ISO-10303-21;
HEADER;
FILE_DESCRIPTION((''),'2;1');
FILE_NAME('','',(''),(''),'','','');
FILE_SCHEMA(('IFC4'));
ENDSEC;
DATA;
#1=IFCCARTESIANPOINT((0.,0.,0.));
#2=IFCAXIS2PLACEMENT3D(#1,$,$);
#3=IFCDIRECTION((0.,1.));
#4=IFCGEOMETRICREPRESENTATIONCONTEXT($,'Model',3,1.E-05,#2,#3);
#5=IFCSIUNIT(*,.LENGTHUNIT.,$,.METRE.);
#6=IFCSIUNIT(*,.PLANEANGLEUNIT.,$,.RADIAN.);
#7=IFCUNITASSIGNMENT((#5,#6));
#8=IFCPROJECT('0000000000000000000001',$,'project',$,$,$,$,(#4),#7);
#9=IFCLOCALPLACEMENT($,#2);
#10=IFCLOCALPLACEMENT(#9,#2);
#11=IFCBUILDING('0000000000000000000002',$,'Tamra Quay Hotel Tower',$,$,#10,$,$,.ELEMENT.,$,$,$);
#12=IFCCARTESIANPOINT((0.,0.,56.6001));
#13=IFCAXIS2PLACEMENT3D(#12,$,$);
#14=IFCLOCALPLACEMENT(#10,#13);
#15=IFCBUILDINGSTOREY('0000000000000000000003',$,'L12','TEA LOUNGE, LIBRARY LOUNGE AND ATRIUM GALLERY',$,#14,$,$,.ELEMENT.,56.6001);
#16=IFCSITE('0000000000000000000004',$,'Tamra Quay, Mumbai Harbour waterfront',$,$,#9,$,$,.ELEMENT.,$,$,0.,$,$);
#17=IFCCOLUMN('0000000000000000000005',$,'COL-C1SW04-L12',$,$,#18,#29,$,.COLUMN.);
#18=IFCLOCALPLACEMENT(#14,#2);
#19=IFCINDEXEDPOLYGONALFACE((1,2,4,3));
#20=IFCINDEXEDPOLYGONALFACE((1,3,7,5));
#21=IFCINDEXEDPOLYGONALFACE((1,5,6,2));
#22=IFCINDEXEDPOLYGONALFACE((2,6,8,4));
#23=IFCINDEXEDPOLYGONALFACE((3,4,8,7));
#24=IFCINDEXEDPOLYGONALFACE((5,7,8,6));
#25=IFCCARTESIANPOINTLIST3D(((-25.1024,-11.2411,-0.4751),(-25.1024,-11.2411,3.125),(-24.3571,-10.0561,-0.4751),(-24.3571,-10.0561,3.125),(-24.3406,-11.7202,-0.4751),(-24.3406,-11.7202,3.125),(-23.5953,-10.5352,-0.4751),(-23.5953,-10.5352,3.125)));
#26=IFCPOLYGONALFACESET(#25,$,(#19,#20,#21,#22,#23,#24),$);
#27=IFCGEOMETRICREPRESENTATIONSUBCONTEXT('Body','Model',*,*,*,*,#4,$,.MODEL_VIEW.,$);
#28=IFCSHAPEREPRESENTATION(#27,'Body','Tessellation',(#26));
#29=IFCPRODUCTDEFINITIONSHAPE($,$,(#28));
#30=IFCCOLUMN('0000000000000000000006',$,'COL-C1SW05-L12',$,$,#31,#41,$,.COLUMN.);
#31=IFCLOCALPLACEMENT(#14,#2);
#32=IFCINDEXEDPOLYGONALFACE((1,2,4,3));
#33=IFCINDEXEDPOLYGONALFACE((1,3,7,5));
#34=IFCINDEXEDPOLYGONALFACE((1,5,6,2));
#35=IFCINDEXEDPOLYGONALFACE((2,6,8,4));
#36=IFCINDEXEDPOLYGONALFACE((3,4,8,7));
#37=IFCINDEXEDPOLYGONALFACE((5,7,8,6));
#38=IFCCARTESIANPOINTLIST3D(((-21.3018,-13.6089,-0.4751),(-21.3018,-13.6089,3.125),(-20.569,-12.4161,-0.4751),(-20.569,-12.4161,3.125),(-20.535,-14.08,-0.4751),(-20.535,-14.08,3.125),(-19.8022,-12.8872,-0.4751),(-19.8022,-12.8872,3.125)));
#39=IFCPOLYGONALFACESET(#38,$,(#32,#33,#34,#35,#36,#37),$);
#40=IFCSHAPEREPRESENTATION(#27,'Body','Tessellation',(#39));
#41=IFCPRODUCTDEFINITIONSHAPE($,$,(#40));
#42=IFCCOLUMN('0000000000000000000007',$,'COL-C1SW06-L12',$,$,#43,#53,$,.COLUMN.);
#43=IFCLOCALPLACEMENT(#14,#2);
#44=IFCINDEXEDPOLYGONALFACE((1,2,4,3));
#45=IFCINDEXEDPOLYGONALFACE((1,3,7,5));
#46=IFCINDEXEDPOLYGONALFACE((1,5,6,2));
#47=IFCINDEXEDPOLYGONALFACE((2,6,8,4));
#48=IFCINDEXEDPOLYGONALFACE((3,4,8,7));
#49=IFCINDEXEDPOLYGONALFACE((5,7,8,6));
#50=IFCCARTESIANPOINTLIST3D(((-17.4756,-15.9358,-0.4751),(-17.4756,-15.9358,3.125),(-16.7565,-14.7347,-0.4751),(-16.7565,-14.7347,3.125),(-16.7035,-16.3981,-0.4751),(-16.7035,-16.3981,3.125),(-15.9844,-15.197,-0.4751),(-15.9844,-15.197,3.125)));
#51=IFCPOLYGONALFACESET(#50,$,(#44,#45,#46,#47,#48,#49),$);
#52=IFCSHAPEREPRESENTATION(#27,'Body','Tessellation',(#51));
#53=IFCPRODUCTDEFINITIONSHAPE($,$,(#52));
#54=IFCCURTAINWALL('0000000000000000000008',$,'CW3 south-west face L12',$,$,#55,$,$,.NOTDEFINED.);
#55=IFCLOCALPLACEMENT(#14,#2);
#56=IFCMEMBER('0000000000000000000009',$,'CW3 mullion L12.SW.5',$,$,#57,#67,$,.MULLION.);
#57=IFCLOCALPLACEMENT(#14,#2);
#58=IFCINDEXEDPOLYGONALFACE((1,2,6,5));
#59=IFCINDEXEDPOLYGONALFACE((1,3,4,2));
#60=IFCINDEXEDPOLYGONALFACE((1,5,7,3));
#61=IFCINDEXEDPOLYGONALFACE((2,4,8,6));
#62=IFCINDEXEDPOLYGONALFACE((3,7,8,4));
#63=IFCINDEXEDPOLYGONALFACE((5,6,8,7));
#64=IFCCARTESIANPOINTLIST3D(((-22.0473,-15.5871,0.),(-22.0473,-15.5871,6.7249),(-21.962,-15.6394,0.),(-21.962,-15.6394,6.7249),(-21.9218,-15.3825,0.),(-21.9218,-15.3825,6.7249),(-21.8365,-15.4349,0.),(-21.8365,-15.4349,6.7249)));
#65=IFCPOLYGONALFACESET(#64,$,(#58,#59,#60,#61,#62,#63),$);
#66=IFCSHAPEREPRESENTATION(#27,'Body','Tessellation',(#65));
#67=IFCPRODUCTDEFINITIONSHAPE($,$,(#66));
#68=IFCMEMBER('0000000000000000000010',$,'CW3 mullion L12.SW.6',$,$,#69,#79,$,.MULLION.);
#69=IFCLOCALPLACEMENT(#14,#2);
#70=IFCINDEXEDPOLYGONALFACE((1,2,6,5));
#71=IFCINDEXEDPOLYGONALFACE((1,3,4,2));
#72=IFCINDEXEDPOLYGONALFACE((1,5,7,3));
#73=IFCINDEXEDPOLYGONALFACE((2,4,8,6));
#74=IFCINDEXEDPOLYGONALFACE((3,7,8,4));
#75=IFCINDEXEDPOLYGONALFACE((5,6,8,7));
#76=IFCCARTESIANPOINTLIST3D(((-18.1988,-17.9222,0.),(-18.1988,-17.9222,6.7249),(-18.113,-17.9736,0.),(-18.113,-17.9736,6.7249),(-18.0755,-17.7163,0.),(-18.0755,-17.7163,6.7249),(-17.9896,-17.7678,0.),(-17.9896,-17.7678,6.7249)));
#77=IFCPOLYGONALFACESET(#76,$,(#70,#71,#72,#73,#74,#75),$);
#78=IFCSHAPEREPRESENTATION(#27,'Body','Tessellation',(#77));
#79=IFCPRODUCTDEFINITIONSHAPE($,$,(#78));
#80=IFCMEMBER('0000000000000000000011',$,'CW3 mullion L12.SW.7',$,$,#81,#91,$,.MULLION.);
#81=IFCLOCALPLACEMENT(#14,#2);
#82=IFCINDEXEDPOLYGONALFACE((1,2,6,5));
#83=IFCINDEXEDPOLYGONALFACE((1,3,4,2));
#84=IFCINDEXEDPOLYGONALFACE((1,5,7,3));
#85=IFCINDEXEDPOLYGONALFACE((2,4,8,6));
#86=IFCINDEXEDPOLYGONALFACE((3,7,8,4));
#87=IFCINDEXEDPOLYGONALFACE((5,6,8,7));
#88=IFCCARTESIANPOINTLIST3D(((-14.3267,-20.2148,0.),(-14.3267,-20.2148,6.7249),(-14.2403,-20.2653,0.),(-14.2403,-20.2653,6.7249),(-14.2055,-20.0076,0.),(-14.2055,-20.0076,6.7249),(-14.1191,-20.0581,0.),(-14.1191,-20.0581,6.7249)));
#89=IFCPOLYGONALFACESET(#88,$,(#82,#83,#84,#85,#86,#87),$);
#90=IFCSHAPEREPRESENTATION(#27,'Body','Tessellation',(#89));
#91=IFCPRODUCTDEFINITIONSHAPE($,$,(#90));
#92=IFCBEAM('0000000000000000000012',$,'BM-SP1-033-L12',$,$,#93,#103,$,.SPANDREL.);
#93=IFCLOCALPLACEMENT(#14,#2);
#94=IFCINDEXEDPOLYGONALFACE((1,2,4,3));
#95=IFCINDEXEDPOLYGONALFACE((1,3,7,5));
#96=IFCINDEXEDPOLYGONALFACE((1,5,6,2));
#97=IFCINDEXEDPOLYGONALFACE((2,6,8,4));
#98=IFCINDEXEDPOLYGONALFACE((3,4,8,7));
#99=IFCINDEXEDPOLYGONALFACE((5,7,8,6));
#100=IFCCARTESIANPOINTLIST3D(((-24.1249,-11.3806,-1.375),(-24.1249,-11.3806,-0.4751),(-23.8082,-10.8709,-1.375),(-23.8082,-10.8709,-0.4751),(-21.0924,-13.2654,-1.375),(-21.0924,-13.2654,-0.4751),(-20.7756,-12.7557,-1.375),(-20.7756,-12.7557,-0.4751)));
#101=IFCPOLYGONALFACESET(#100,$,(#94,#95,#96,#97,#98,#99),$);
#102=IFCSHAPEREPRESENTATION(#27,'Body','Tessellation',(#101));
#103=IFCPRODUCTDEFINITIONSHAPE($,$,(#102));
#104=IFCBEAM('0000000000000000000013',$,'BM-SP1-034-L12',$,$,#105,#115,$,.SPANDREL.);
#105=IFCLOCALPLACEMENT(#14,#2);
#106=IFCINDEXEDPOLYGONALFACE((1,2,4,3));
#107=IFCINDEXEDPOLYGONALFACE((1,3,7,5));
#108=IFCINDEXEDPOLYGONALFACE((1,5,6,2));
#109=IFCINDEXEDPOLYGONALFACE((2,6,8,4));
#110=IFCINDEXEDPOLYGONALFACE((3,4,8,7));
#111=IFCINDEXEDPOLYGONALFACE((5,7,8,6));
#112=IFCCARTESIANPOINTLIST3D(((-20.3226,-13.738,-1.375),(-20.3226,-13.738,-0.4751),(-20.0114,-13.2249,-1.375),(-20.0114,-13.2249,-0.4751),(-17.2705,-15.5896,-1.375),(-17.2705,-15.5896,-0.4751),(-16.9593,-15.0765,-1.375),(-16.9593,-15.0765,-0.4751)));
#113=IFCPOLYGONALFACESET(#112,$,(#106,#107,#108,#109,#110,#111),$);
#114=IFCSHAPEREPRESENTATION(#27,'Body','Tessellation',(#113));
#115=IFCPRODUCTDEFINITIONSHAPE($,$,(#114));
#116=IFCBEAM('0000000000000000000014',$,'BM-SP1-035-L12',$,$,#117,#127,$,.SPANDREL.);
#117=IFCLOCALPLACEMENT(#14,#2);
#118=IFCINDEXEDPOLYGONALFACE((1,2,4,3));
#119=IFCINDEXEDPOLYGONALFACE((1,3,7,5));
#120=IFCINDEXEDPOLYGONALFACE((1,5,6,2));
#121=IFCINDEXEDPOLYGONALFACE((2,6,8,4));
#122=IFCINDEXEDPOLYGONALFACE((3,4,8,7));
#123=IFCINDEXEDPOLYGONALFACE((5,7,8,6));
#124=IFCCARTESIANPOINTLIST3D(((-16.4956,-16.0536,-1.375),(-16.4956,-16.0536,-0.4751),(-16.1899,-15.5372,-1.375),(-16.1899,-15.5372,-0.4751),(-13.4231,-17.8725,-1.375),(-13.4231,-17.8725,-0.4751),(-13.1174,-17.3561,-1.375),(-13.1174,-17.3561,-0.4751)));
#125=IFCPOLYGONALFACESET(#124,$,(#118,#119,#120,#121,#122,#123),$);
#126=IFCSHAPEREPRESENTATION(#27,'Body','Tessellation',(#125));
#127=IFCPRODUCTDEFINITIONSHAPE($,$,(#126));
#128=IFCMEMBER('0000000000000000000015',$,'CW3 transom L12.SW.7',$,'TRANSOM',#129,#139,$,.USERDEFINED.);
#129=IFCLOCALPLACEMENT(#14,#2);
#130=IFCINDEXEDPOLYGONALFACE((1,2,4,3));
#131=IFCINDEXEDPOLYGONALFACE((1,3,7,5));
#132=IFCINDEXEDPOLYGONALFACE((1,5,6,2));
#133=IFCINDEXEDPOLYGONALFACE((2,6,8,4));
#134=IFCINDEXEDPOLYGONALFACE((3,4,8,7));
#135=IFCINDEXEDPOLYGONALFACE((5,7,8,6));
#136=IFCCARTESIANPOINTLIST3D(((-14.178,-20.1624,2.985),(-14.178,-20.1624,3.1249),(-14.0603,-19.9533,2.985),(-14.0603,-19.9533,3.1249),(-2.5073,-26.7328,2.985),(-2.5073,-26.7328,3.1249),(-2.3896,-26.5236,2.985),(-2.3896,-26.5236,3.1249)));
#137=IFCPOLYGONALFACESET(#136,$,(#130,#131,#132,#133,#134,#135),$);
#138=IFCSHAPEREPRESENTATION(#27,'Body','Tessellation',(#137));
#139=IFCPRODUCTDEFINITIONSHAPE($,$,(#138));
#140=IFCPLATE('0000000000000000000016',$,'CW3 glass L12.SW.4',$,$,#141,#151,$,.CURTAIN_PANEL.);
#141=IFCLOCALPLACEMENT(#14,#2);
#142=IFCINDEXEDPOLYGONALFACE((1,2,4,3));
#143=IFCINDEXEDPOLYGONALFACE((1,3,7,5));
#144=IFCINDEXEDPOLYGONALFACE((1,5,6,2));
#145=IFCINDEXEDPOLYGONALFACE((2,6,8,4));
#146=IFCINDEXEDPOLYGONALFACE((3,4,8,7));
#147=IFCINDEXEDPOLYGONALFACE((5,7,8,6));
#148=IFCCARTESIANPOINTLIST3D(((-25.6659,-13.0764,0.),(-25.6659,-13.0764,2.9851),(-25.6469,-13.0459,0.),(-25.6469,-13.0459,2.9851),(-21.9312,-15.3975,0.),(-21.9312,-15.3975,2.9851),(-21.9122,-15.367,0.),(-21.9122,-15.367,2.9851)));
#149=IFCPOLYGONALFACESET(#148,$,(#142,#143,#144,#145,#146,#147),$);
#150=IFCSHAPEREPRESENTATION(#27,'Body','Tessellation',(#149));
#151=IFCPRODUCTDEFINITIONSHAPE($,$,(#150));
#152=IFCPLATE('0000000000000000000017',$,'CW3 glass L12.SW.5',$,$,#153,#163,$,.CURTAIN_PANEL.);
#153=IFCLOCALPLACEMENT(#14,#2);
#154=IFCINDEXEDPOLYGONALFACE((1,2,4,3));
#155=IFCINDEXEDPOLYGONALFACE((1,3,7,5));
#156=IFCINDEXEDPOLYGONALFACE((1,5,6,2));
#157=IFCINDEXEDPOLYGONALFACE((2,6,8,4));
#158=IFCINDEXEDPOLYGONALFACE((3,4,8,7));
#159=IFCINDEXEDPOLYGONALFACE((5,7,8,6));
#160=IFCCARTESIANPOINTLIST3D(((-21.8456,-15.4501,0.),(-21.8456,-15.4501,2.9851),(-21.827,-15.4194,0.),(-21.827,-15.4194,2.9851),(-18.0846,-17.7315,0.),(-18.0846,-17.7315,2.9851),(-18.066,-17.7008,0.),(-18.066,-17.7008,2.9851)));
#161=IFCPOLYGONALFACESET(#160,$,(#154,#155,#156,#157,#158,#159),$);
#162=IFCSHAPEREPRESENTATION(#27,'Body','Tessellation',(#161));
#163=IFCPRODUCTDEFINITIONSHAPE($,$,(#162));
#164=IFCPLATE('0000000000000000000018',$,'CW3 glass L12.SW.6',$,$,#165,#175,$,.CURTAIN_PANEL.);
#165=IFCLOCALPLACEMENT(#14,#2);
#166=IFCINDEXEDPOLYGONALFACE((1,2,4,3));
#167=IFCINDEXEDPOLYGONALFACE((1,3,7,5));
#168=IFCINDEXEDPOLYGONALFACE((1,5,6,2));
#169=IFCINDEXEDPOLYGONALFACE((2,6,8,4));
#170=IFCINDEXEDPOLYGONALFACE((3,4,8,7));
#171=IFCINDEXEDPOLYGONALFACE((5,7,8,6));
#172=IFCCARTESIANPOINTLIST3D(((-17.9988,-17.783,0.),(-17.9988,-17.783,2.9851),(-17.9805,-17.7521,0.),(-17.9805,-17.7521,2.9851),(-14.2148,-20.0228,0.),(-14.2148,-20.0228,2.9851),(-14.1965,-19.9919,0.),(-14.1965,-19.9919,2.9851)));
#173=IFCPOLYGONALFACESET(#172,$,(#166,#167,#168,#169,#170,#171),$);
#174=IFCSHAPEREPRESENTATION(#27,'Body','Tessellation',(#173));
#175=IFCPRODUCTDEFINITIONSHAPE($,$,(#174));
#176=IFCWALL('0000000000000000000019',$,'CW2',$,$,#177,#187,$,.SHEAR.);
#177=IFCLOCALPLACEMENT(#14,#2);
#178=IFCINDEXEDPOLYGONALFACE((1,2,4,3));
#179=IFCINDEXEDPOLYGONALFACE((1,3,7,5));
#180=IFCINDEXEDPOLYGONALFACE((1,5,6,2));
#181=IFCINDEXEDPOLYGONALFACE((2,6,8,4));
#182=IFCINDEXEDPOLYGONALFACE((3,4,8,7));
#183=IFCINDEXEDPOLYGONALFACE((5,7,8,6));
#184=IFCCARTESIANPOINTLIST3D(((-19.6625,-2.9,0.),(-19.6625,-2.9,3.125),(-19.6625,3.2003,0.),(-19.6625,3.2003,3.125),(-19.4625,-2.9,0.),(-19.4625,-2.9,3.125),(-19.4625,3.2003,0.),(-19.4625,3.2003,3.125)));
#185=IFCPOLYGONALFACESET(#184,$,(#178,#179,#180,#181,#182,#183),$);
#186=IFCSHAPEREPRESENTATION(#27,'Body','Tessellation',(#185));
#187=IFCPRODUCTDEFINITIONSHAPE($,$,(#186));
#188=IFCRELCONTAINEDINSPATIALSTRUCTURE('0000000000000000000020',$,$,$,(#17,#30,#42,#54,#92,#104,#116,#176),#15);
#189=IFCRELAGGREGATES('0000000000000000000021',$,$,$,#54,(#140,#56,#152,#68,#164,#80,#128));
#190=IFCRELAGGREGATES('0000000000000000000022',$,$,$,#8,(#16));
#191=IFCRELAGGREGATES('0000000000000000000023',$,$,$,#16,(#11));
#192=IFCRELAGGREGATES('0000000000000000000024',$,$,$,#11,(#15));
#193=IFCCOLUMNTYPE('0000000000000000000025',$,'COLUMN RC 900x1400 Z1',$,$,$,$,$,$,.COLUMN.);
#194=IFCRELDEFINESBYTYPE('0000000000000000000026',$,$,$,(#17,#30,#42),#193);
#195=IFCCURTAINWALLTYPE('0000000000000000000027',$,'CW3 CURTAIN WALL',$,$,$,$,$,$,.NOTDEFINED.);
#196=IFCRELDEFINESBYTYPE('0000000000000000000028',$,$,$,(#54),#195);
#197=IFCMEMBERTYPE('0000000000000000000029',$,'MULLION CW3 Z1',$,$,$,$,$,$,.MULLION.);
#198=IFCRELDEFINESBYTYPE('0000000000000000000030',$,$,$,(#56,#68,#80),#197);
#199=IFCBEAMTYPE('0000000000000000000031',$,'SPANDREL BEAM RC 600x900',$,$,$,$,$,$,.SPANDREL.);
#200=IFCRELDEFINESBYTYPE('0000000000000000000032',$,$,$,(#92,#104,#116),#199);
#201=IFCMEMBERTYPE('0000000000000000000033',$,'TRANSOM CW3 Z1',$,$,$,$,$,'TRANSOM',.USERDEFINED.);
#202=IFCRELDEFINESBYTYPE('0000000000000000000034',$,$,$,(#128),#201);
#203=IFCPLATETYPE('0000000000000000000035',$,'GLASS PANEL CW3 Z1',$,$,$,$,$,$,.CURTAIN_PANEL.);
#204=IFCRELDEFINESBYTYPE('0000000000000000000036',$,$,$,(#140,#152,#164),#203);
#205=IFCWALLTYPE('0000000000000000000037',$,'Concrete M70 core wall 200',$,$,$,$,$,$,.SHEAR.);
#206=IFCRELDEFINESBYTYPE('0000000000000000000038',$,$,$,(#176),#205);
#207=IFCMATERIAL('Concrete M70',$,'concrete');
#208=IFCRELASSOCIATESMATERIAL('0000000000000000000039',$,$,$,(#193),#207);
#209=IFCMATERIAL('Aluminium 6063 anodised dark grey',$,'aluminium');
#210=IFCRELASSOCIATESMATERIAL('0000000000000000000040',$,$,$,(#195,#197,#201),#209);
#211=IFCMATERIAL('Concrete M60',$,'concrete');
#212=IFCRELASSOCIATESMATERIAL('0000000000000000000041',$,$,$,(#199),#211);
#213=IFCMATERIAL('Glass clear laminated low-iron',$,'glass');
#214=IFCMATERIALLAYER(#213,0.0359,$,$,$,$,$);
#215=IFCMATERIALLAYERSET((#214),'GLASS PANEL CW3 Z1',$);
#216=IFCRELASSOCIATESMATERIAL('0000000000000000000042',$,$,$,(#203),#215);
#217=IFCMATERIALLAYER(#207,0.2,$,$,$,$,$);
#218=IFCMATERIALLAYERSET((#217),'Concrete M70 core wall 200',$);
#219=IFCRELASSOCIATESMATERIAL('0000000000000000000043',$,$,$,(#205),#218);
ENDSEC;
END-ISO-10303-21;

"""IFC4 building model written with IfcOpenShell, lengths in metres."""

from ifc_helpers import new_model, si_unit, direction, frame, frame_2d, origin, origin_2d, place, context, subcontext, project, spatial, rectangle, extrude, material, layer, layer_set, material_profile, profile_set, type_object, element, aggregate, save


model = new_model("IFC4")

# Units and contexts
model_context = context("Model", 3, precision=1e-05, world=origin(), true_north=direction((0.0, 1.0)))
body_context = subcontext(model_context, "Body", "Model", "MODEL_VIEW")
ifc_project = project(units=[si_unit("LENGTHUNIT", "METRE"), si_unit("PLANEANGLEUNIT", "RADIAN")], contexts=[model_context])

# Site, building, storey
site_placement = place(None, origin())
site = spatial("IfcSite", under=ifc_project, at=site_placement, Name="Tamra Quay, Mumbai Harbour waterfront", CompositionType="ELEMENT", RefElevation=0.0)
building_placement = place(site_placement, origin())
building = spatial("IfcBuilding", under=site, at=building_placement, Name="Tamra Quay Hotel Tower", CompositionType="ELEMENT")
storey_placement = place(building_placement, frame((0.0, 0.0, 56.6001)))
storey = spatial("IfcBuildingStorey", under=building, at=storey_placement, Name="L12", Description="TEA LOUNGE, LIBRARY LOUNGE AND ATRIUM GALLERY", CompositionType="ELEMENT", Elevation=56.6001)

# Columns
ifc_material_1 = material(Name="Concrete M70", Category="concrete")
ifc_material_profile_1 = material_profile(ifc_material_1, rectangle(XDim=1.3999, YDim=0.8999, at=origin_2d()), Name="COLUMN RC 900x1400 Z1")
ifc_profile_set_1 = profile_set([ifc_material_profile_1], Name="Concrete M70")
column_type = type_object("IfcColumnType", Name="COLUMN RC 900x1400 Z1", PredefinedType="COLUMN", material=ifc_profile_set_1)
for number, where, z_axis, x_axis, name in (
    (1, (-24.3489, -10.8882, -0.4751), (0.0, 0.0, 1.0), (0.532389, 0.8465, 0.0), "COL-C1SW04-L12"),
    (2, (-20.552, -13.248, -0.4751), (0.0, 0.0, 1.0), (0.52343, 0.852069, 0.0), "COL-C1SW05-L12"),
    (3, (-16.73, -15.5664, -0.4751), (0.0, 0.0, 1.0), (0.513654, 0.857998, 0.0), "COL-C1SW06-L12"),
):
    element("IfcColumn", number, at=place(storey_placement, frame(where, z_axis=z_axis, x_axis=x_axis)), inside=storey, type_object=column_type, Name=name, PredefinedType="COLUMN", context=body_context, shape_type="SweptSolid", body=[
        extrude(rectangle(XDim=1.3999, YDim=0.8999, at=origin_2d()), origin(), (0.0, 0.0, 1.0), 3.6001),
    ])

# Curtain wall, members
ifc_material_2 = material(Name="Aluminium 6063 anodised dark grey", Category="aluminium")
curtain_wall_type = type_object("IfcCurtainWallType", Name="CW3 CURTAIN WALL", PredefinedType="NOTDEFINED", material=ifc_material_2)
curtain_wall_placement = place(storey_placement, origin())
curtain_wall = element("IfcCurtainWall", 4, at=curtain_wall_placement, inside=storey, type_object=curtain_wall_type, Name="CW3 south-west face L12", PredefinedType="NOTDEFINED")
ifc_material_profile_2 = material_profile(ifc_material_2, rectangle(XDim=0.24, YDim=0.1001, at=origin_2d()), Name="MULLION 100X240")
ifc_profile_set_2 = profile_set([ifc_material_profile_2], Name="Aluminium 6063 anodised dark grey")
member_type_1 = type_object("IfcMemberType", Name="MULLION CW3 Z1", PredefinedType="MULLION", material=ifc_profile_set_2)
member_1_placement = place(storey_placement, frame((-21.9419, -15.511, 0.0), z_axis=(0.0, 0.0, 1.0), x_axis=(-0.523257, -0.852175, 0.0)))
member_1 = element("IfcMember", 5, at=member_1_placement, type_object=member_type_1, Name="CW3 mullion L12.SW.5", PredefinedType="MULLION", context=body_context, shape_type="SweptSolid", body=[
    extrude(rectangle(XDim=0.24, YDim=0.1001, at=origin_2d()), origin(), (0.0, 0.0, 1.0), 6.7249),
])
member_2_placement = place(storey_placement, frame((-18.0942, -17.845, 0.0), z_axis=(0.0, 0.0, 1.0), x_axis=(-0.514004, -0.857788, 0.0)))
member_2 = element("IfcMember", 6, at=member_2_placement, type_object=member_type_1, Name="CW3 mullion L12.SW.6", PredefinedType="MULLION", context=body_context, shape_type="SweptSolid", body=[
    extrude(rectangle(XDim=0.24, YDim=0.1001, at=origin_2d()), origin(), (0.0, 0.0, 1.0), 6.7249),
])
member_3_placement = place(storey_placement, frame((-14.2229, -20.1365, 0.0), z_axis=(0.0, 0.0, 1.0), x_axis=(-0.504685, -0.863304, 0.0)))
member_3 = element("IfcMember", 7, at=member_3_placement, type_object=member_type_1, Name="CW3 mullion L12.SW.7", PredefinedType="MULLION", context=body_context, shape_type="SweptSolid", body=[
    extrude(rectangle(XDim=0.24, YDim=0.1001, at=origin_2d()), origin(), (0.0, 0.0, 1.0), 6.7249),
])

# Beams
ifc_material_3 = material(Name="Concrete M60", Category="concrete")
ifc_material_profile_3 = material_profile(ifc_material_3, rectangle(XDim=0.6001, YDim=0.8999, at=origin_2d()), Name="SPANDREL BEAM RC 600x900")
ifc_profile_set_3 = profile_set([ifc_material_profile_3], Name="Concrete M60")
beam_type = type_object("IfcBeamType", Name="SPANDREL BEAM RC 600x900", PredefinedType="SPANDREL", material=ifc_profile_set_3)
beam_1_placement = place(storey_placement, frame((-23.9666, -11.1257, -0.925), z_axis=(0.849321, -0.527877, 0.0), x_axis=(0.527877, 0.849321, 0.0)))
element("IfcBeam", 8, at=beam_1_placement, inside=storey, type_object=beam_type, Name="BM-SP1-033-L12", PredefinedType="SPANDREL", context=body_context, shape_type="SweptSolid", body=[
    extrude(rectangle(XDim=0.6001, YDim=0.8999, at=origin_2d()), origin(), (0.0, 0.0, 1.0), 3.5706),
])
beam_2_placement = place(storey_placement, frame((-20.167, -13.4814, -0.925), z_axis=(0.854966, -0.518684, 0.0), x_axis=(0.518684, 0.854966, 0.0)))
element("IfcBeam", 9, at=beam_2_placement, inside=storey, type_object=beam_type, Name="BM-SP1-034-L12", PredefinedType="SPANDREL", context=body_context, shape_type="SweptSolid", body=[
    extrude(rectangle(XDim=0.6001, YDim=0.8999, at=origin_2d()), origin(), (0.0, 0.0, 1.0), 3.5698),
])
beam_3_placement = place(storey_placement, frame((-16.3428, -15.7954, -0.925), z_axis=(0.860525, -0.509409, 0.0), x_axis=(0.509409, 0.860525, 0.0)))
element("IfcBeam", 10, at=beam_3_placement, inside=storey, type_object=beam_type, Name="BM-SP1-035-L12", PredefinedType="SPANDREL", context=body_context, shape_type="SweptSolid", body=[
    extrude(rectangle(XDim=0.6001, YDim=0.8999, at=origin_2d()), origin(), (0.0, 0.0, 1.0), 3.5706),
])

# Member
ifc_material_profile_4 = material_profile(ifc_material_2, rectangle(XDim=0.24, YDim=0.1399, at=origin_2d()), Name="TRANSOM 240X140")
ifc_profile_set_4 = profile_set([ifc_material_profile_4], Name="Aluminium 6063 anodised dark grey")
member_type_2 = type_object("IfcMemberType", Name="TRANSOM CW3 Z1", ElementType="TRANSOM", PredefinedType="USERDEFINED", material=ifc_profile_set_4)
member_4_placement = place(storey_placement, frame((-14.1191, -20.0579, 3.0549), z_axis=(0.871398, -0.490577, 0.0), x_axis=(0.490577, 0.871398, 0.0)))
member_4 = element("IfcMember", 11, at=member_4_placement, type_object=member_type_2, Name="CW3 transom L12.SW.7", ObjectType="TRANSOM", PredefinedType="USERDEFINED", context=body_context, shape_type="SweptSolid", body=[
    extrude(rectangle(XDim=0.24, YDim=0.1399, at=origin_2d()), origin(), (0.0, 0.0, 1.0), 13.3931),
])

# Plates
ifc_material_4 = material(Name="Glass clear laminated low-iron", Category="glass")
ifc_layer_1 = layer(ifc_material_4, 0.0359)
ifc_layer_set_1 = layer_set([ifc_layer_1], Name="GLASS PANEL CW3 Z1")
plate_type = type_object("IfcPlateType", Name="GLASS PANEL CW3 Z1", PredefinedType="CURTAIN_PANEL", material=ifc_layer_set_1)
plate_1_placement = place(storey_placement, frame((-23.7891, -14.2217, 0.0), z_axis=(0.0, 0.0, 1.0), x_axis=(0.849331, -0.52786, 0.0)))
plate_1 = element("IfcPlate", 12, at=plate_1_placement, type_object=plate_type, Name="CW3 glass L12.SW.4", PredefinedType="CURTAIN_PANEL", context=body_context, shape_type="SweptSolid", body=[
    extrude(rectangle(XDim=4.3972, YDim=0.0359, at=origin_2d()), origin(), (0.0, 0.0, 1.0), 2.9851),
])
plate_2_placement = place(storey_placement, frame((-19.9558, -16.5754, 0.0), z_axis=(0.0, 0.0, 1.0), x_axis=(0.854994, -0.518639, 0.0)))
plate_2 = element("IfcPlate", 13, at=plate_2_placement, type_object=plate_type, Name="CW3 glass L12.SW.5", PredefinedType="CURTAIN_PANEL", context=body_context, shape_type="SweptSolid", body=[
    extrude(rectangle(XDim=4.3989, YDim=0.0359, at=origin_2d()), origin(), (0.0, 0.0, 1.0), 2.9851),
])
plate_3_placement = place(storey_placement, frame((-16.0977, -18.8875, 0.0), z_axis=(0.0, 0.0, 1.0), x_axis=(0.860557, -0.509355, 0.0)))
plate_3 = element("IfcPlate", 14, at=plate_3_placement, type_object=plate_type, Name="CW3 glass L12.SW.6", PredefinedType="CURTAIN_PANEL", context=body_context, shape_type="SweptSolid", body=[
    extrude(rectangle(XDim=4.3972, YDim=0.0359, at=origin_2d()), origin(), (0.0, 0.0, 1.0), 2.9851),
])
aggregate(curtain_wall, [plate_1, member_1, plate_2, member_2, plate_3, member_3, member_4])

# Wall
ifc_layer_2 = layer(ifc_material_1, 0.2)
ifc_layer_set_2 = layer_set([ifc_layer_2], Name="Concrete M70 core wall 200")
wall_type_1 = type_object("IfcWallType", Name="Concrete M70 core wall 200", PredefinedType="SHEAR", material=ifc_layer_set_2)
wall_1_placement = place(storey_placement, frame((-19.5625, -2.9001, 0.0), z_axis=(0.0, 0.0, 1.0), x_axis=(0.0, 1.0, 0.0)))
element("IfcWall", 15, at=wall_1_placement, inside=storey, type_object=wall_type_1, Name="CW2", PredefinedType="SHEAR", context=body_context, shape_type="SweptSolid", body=[
    extrude(rectangle(XDim=6.1003, YDim=0.2, at=frame_2d((3.0503, 0.0))), origin(), (0.0, 0.0, 1.0), 3.125),
])

save(model, "model.ifc")
